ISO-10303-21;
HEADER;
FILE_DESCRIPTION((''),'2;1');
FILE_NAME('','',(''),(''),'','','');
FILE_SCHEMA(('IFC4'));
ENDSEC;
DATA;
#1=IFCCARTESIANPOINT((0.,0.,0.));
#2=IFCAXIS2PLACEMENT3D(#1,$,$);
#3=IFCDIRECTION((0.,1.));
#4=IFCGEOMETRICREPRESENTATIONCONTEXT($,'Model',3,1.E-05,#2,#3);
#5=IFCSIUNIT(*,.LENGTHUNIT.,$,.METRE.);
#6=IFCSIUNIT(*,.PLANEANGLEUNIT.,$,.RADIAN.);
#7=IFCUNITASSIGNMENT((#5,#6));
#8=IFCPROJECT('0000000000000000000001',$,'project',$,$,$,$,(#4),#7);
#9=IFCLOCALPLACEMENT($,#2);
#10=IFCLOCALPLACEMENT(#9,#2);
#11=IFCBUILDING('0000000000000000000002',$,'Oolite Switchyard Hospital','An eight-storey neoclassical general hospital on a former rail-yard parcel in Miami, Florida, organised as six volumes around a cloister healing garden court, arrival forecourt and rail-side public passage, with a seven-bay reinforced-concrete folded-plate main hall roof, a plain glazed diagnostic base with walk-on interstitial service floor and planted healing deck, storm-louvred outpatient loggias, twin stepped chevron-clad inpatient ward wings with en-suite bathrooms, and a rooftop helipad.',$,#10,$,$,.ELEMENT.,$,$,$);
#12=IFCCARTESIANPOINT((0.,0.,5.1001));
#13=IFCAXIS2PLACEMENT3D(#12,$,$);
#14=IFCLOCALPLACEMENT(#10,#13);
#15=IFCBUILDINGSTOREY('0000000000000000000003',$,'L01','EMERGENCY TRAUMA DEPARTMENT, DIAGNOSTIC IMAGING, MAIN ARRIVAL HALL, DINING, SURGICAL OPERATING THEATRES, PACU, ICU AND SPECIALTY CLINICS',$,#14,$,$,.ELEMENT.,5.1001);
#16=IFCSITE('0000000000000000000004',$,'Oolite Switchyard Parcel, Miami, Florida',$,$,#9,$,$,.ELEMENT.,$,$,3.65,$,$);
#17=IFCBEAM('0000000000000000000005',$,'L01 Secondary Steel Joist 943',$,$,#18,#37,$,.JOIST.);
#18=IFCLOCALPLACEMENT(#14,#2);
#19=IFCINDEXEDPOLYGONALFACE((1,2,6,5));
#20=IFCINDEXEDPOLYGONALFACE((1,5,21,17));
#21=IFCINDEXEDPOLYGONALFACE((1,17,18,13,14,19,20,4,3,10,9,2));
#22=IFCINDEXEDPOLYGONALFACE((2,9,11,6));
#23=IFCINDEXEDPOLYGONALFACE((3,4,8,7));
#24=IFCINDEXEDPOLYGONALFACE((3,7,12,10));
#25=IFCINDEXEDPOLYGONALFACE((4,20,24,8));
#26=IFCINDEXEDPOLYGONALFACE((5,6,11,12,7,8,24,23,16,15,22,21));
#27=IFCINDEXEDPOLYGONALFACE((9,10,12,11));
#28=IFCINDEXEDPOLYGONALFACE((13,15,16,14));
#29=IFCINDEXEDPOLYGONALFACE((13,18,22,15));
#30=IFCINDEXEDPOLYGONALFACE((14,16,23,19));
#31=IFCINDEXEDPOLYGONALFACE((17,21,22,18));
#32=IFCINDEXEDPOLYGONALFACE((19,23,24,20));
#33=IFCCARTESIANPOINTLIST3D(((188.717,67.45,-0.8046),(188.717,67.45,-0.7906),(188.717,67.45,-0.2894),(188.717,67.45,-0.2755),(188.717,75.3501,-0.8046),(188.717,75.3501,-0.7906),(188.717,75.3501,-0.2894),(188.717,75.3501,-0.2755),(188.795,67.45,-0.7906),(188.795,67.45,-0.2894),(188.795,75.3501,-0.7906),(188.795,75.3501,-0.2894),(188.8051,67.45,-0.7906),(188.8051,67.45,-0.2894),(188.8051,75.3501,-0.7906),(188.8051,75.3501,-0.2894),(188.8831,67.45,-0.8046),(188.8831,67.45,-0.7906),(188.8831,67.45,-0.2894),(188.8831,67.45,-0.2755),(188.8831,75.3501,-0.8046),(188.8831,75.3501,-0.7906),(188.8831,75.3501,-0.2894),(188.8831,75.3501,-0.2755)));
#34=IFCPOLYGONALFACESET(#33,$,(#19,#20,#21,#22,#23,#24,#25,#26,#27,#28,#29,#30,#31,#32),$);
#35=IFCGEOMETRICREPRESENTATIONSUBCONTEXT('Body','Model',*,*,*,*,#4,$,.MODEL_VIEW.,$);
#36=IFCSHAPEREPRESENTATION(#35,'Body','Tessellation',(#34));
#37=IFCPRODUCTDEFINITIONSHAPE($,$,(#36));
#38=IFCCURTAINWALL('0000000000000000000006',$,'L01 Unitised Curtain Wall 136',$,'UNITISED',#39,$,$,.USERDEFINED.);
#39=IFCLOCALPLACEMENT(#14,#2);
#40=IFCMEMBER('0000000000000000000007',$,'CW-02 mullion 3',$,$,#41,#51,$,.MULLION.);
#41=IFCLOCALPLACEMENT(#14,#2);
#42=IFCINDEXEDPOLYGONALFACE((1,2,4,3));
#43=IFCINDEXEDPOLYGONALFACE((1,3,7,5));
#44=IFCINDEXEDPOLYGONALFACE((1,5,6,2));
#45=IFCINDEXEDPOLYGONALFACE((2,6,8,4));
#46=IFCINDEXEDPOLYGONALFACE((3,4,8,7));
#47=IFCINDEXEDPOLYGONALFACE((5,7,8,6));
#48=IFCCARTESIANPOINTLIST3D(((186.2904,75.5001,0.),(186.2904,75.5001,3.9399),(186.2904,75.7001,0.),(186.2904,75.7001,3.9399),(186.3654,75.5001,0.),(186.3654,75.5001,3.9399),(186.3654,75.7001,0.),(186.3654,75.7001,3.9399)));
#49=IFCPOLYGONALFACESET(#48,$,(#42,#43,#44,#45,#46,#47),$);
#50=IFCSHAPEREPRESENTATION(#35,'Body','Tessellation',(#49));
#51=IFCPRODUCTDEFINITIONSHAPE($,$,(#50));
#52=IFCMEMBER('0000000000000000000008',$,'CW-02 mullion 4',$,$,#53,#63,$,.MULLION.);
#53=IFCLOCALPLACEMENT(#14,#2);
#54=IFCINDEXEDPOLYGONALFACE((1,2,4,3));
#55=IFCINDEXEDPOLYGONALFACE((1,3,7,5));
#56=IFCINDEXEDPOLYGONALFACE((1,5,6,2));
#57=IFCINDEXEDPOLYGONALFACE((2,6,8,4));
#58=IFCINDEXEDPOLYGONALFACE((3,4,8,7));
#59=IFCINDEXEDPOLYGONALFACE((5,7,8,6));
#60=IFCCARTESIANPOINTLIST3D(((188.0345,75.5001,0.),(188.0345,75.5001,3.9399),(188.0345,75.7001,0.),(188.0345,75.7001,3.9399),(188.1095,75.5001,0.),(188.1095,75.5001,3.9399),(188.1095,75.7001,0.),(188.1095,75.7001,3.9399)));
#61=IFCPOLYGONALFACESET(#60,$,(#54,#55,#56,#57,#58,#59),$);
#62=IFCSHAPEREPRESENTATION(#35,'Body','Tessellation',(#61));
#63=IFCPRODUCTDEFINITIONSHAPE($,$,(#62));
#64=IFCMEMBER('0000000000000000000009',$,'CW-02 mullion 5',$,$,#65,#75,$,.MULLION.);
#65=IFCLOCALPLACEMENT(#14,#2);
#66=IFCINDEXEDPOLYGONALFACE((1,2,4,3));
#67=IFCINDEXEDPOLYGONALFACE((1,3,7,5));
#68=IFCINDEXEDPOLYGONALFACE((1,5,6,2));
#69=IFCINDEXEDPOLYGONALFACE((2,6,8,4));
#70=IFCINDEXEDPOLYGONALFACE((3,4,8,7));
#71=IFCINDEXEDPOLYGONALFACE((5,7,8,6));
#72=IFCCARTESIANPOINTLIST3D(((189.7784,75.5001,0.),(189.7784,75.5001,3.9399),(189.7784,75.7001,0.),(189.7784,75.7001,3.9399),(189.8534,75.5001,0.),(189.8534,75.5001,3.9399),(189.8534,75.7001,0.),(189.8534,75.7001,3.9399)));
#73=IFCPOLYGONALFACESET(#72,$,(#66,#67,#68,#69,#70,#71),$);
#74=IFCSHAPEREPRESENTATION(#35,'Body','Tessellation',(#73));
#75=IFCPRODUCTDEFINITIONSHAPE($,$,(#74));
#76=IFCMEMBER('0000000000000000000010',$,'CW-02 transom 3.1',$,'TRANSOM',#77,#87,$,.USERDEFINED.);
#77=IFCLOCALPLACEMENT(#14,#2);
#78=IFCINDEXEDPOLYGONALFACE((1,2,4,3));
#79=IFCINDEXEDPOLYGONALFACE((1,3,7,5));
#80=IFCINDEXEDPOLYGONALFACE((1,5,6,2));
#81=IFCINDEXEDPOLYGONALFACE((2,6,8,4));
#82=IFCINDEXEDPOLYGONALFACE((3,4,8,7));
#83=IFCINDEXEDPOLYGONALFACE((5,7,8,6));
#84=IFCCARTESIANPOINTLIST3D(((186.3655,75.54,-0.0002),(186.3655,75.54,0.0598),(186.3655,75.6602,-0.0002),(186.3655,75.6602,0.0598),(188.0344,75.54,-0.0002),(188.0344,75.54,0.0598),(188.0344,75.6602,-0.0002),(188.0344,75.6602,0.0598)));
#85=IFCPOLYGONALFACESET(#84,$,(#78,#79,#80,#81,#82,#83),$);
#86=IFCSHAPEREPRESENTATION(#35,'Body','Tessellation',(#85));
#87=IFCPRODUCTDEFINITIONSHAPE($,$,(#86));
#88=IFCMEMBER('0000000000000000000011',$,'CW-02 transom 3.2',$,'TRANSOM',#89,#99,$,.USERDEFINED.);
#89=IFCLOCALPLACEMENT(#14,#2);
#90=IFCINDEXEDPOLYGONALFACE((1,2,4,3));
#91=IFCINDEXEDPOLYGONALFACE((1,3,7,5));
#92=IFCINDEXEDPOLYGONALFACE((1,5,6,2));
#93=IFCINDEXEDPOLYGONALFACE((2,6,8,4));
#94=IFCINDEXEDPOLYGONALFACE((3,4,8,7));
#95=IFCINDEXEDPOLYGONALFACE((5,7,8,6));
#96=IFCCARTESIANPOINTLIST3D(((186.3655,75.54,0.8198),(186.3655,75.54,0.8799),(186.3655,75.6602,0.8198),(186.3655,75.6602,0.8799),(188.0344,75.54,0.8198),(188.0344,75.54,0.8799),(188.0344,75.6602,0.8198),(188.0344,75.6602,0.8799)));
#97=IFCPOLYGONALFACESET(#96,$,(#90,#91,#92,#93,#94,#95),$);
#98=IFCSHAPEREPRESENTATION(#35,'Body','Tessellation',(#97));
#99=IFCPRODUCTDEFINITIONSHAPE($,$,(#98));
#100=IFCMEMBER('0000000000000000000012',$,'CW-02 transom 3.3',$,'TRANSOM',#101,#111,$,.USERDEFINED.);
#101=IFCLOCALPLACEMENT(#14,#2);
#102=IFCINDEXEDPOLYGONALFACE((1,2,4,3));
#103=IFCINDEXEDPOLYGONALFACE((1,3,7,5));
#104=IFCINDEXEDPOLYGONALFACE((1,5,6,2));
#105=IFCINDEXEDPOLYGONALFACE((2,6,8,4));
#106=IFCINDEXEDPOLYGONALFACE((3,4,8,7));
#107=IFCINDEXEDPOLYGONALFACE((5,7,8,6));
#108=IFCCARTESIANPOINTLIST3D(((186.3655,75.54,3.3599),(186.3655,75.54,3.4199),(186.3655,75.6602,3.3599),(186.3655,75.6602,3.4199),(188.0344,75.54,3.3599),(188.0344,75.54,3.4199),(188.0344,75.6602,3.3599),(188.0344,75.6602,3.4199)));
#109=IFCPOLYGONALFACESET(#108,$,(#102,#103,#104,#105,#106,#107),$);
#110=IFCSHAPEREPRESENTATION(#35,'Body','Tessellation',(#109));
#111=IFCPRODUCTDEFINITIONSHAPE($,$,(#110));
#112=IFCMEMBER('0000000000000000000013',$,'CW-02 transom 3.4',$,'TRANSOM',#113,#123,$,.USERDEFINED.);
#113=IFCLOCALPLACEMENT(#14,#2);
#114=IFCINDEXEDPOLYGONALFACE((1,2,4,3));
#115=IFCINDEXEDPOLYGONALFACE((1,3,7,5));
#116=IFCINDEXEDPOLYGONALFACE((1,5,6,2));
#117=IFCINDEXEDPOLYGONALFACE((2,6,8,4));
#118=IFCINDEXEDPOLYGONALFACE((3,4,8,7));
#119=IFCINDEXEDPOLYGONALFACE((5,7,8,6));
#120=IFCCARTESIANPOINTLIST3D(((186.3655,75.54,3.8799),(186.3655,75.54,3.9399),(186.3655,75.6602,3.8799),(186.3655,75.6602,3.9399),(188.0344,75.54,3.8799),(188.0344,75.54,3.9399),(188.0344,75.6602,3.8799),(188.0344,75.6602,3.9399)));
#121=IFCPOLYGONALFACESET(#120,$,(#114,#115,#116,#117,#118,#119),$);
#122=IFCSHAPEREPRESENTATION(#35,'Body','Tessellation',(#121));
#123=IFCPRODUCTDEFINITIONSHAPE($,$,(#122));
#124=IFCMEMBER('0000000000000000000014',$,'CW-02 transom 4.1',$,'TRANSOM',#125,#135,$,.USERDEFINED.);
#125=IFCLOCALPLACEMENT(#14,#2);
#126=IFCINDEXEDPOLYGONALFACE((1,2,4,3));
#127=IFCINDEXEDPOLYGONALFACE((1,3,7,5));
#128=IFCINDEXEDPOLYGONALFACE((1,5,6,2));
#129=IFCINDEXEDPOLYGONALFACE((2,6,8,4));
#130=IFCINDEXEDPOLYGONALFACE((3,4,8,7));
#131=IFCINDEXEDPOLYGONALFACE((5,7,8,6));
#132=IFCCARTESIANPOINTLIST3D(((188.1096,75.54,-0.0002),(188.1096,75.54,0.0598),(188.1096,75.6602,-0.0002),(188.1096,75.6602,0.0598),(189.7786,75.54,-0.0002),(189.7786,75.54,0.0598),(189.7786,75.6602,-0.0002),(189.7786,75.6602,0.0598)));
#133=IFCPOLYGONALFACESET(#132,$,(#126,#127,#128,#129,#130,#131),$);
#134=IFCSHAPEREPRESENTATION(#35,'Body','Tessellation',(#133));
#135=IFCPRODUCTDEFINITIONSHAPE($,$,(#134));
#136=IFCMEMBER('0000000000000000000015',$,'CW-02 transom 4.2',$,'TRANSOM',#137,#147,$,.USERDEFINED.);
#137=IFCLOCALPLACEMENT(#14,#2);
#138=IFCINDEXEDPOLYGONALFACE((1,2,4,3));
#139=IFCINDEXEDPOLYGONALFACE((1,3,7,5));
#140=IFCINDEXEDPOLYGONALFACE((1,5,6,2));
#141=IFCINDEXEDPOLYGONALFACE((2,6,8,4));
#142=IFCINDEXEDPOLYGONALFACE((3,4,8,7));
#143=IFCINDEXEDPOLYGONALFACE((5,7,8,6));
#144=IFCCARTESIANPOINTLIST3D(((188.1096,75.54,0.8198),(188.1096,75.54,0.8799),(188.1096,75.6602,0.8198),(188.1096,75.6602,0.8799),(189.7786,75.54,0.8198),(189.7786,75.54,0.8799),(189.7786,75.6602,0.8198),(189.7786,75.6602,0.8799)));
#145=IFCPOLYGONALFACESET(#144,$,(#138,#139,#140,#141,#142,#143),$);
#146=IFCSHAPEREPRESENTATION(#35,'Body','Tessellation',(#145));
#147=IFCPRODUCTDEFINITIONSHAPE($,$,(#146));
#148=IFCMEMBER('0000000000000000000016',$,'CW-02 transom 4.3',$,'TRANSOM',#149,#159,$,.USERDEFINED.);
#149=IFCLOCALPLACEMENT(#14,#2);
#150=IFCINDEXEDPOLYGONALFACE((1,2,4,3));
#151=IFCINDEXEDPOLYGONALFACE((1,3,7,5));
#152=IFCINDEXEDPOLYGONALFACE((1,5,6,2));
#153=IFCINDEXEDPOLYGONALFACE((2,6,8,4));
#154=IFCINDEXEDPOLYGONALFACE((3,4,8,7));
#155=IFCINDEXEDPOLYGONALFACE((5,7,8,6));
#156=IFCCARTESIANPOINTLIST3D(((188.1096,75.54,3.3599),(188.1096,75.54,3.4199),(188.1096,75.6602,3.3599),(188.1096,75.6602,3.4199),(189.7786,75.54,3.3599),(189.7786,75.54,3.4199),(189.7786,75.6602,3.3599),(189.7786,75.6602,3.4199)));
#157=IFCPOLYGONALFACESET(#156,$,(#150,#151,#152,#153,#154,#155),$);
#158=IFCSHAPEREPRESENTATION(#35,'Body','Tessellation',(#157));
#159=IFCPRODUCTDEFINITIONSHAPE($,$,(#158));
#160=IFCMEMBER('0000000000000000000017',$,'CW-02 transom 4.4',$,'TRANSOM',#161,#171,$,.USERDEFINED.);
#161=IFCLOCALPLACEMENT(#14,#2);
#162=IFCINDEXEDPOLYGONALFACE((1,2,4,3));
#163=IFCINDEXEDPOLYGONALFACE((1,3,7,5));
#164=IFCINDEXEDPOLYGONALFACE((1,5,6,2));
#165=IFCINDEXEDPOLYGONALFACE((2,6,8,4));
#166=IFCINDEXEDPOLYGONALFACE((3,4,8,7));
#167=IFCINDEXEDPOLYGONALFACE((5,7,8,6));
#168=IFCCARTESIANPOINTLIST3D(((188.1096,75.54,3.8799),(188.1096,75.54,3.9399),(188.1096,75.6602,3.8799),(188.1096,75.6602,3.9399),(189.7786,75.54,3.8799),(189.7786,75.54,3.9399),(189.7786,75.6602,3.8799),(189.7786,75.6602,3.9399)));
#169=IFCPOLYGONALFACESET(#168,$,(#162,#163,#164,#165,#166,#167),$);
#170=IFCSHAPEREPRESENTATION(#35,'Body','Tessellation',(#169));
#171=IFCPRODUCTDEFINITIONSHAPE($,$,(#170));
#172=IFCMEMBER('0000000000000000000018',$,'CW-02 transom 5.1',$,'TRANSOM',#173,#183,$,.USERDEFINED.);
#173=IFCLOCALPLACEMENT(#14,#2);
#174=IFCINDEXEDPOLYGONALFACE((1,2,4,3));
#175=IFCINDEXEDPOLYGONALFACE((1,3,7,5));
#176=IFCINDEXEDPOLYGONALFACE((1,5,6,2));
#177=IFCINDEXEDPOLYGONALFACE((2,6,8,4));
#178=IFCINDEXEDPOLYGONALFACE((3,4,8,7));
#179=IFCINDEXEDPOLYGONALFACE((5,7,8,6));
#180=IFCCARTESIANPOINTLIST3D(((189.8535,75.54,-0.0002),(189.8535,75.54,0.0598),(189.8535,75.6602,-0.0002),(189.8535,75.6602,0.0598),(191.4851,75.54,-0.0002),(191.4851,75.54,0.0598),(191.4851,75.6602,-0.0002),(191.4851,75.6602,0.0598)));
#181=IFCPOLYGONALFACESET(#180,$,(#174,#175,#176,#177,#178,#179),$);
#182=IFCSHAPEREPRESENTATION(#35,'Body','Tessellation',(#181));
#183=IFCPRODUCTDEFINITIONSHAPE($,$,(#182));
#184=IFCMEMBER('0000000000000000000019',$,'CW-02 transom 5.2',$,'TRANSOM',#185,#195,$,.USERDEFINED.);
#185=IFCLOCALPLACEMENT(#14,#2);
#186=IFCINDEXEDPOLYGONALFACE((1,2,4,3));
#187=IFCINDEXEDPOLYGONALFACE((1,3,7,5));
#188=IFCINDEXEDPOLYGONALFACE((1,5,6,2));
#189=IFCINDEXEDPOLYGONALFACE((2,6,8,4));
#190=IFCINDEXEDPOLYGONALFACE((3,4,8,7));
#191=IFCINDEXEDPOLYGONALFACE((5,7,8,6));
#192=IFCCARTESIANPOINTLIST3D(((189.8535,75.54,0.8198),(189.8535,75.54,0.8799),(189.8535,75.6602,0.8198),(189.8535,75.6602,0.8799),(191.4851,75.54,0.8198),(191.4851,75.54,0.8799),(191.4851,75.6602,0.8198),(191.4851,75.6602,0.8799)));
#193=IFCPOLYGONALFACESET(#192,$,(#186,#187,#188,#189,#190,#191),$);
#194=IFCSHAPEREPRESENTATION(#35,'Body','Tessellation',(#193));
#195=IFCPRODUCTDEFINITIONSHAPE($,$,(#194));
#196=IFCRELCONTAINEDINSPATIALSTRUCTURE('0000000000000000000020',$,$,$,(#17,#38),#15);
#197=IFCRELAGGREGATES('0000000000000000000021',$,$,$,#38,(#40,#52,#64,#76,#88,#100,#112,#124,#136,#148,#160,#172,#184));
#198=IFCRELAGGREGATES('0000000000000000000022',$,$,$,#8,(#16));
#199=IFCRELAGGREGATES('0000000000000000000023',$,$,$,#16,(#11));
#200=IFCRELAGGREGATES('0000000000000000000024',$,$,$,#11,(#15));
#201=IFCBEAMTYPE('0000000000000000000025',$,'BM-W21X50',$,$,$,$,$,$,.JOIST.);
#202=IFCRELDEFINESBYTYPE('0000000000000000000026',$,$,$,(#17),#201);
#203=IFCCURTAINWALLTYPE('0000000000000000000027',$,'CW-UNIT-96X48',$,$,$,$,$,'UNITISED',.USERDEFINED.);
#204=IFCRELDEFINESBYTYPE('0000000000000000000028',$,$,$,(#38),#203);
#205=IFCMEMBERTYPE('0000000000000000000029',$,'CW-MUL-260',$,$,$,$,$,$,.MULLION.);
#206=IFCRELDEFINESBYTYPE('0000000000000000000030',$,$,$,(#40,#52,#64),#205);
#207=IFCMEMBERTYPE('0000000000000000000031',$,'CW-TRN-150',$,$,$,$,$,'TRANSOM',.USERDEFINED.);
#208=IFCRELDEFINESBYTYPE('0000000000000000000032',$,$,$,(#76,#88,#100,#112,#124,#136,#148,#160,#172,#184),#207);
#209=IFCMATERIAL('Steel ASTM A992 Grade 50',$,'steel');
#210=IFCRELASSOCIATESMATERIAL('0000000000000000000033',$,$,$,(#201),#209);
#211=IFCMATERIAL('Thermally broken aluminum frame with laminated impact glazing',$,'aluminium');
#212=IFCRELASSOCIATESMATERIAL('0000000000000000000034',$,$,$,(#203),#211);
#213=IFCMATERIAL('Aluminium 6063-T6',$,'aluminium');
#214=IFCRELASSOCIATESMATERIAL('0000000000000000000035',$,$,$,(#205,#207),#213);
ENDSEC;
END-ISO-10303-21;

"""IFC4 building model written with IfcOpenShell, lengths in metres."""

from ifc_helpers import new_model, si_unit, direction, frame, origin, origin_2d, place, context, subcontext, project, spatial, rectangle, i_section, extrude, material, material_profile, profile_set, type_object, element, aggregate, save


model = new_model("IFC4")

# Units and contexts
model_context = context("Model", 3, precision=1e-05, world=origin(), true_north=direction((0.0, 1.0)))
body_context = subcontext(model_context, "Body", "Model", "MODEL_VIEW")
ifc_project = project(units=[si_unit("LENGTHUNIT", "METRE"), si_unit("PLANEANGLEUNIT", "RADIAN")], contexts=[model_context])

# Site, building, storey
site_placement = place(None, origin())
site = spatial("IfcSite", under=ifc_project, at=site_placement, Name="Oolite Switchyard Parcel, Miami, Florida", CompositionType="ELEMENT", RefElevation=3.65)
building_placement = place(site_placement, origin())
building = spatial("IfcBuilding", under=site, at=building_placement, Name="Oolite Switchyard Hospital", Description="An eight-storey neoclassical general hospital on a former rail-yard parcel in Miami, Florida, organised as six volumes around a cloister healing garden court, arrival forecourt and rail-side public passage, with a seven-bay reinforced-concrete folded-plate main hall roof, a plain glazed diagnostic base with walk-on interstitial service floor and planted healing deck, storm-louvred outpatient loggias, twin stepped chevron-clad inpatient ward wings with en-suite bathrooms, and a rooftop helipad.", CompositionType="ELEMENT")
storey_placement = place(building_placement, frame((0.0, 0.0, 5.1001)))
storey = spatial("IfcBuildingStorey", under=building, at=storey_placement, Name="L01", Description="EMERGENCY TRAUMA DEPARTMENT, DIAGNOSTIC IMAGING, MAIN ARRIVAL HALL, DINING, SURGICAL OPERATING THEATRES, PACU, ICU AND SPECIALTY CLINICS", CompositionType="ELEMENT", Elevation=5.1001)

# Beam
ifc_material_1 = material(Name="Steel ASTM A992 Grade 50", Category="steel")
ifc_material_profile_1 = material_profile(ifc_material_1, i_section(OverallWidth=0.166, OverallDepth=0.5291, WebThickness=0.01, FlangeThickness=0.0139, at=origin_2d()), Name="W21X50")
ifc_profile_set_1 = profile_set([ifc_material_profile_1], Name="Steel ASTM A992 Grade 50")
beam_type = type_object("IfcBeamType", Name="BM-W21X50", PredefinedType="JOIST", material=ifc_profile_set_1)
beam_placement = place(storey_placement, frame((188.8, 67.45, -0.54), z_axis=(0.0, 1.0, 0.0), x_axis=(-1.0, 0.0, 0.0)))
element("IfcBeam", 1, at=beam_placement, inside=storey, type_object=beam_type, Name="L01 Secondary Steel Joist 943", PredefinedType="JOIST", context=body_context, shape_type="SweptSolid", body=[
    extrude(i_section(OverallWidth=0.166, OverallDepth=0.5291, WebThickness=0.01, FlangeThickness=0.0139, at=origin_2d()), origin(), (0.0, 0.0, 1.0), 7.9001),
])

# Curtain wall, members
ifc_material_2 = material(Name="Thermally broken aluminum frame with laminated impact glazing", Category="aluminium")
curtain_wall_type = type_object("IfcCurtainWallType", Name="CW-UNIT-96X48", ElementType="UNITISED", PredefinedType="USERDEFINED", material=ifc_material_2)
curtain_wall_placement = place(storey_placement, origin())
curtain_wall = element("IfcCurtainWall", 2, at=curtain_wall_placement, inside=storey, type_object=curtain_wall_type, Name="L01 Unitised Curtain Wall 136", ObjectType="UNITISED", PredefinedType="USERDEFINED")
ifc_material_3 = material(Name="Aluminium 6063-T6", Category="aluminium")
ifc_material_profile_2 = material_profile(ifc_material_3, rectangle(XDim=0.2, YDim=0.075, at=origin_2d()), Name="CWM75X200")
ifc_profile_set_2 = profile_set([ifc_material_profile_2], Name="Aluminium 6063-T6")
member_type_1 = type_object("IfcMemberType", Name="CW-MUL-260", PredefinedType="MULLION", material=ifc_profile_set_2)
member_1_placement = place(storey_placement, frame((186.3279, 75.6001, 0.0), z_axis=(0.0, 0.0, 1.0), x_axis=(0.0, 1.0, 0.0)))
member_1 = element("IfcMember", 3, at=member_1_placement, type_object=member_type_1, Name="CW-02 mullion 3", PredefinedType="MULLION", context=body_context, shape_type="SweptSolid", body=[
    extrude(rectangle(XDim=0.2, YDim=0.075, at=origin_2d()), origin(), (0.0, 0.0, 1.0), 3.9399),
])
member_2_placement = place(storey_placement, frame((188.072, 75.6001, 0.0), z_axis=(0.0, 0.0, 1.0), x_axis=(0.0, 1.0, 0.0)))
member_2 = element("IfcMember", 4, at=member_2_placement, type_object=member_type_1, Name="CW-02 mullion 4", PredefinedType="MULLION", context=body_context, shape_type="SweptSolid", body=[
    extrude(rectangle(XDim=0.2, YDim=0.075, at=origin_2d()), origin(), (0.0, 0.0, 1.0), 3.9399),
])
member_3_placement = place(storey_placement, frame((189.8159, 75.6001, 0.0), z_axis=(0.0, 0.0, 1.0), x_axis=(0.0, 1.0, 0.0)))
member_3 = element("IfcMember", 5, at=member_3_placement, type_object=member_type_1, Name="CW-02 mullion 5", PredefinedType="MULLION", context=body_context, shape_type="SweptSolid", body=[
    extrude(rectangle(XDim=0.2, YDim=0.075, at=origin_2d()), origin(), (0.0, 0.0, 1.0), 3.9399),
])
ifc_material_profile_3 = material_profile(ifc_material_3, rectangle(XDim=0.1201, YDim=0.0601, at=origin_2d()), Name="CWT60X120")
ifc_profile_set_3 = profile_set([ifc_material_profile_3], Name="Aluminium 6063-T6")
member_type_2 = type_object("IfcMemberType", Name="CW-TRN-150", ElementType="TRANSOM", PredefinedType="USERDEFINED", material=ifc_profile_set_3)
member_4_placement = place(storey_placement, frame((186.3655, 75.6001, 0.0298), z_axis=(1.0, 0.0, 0.0), x_axis=(0.0, 1.0, 0.0)))
member_4 = element("IfcMember", 6, at=member_4_placement, type_object=member_type_2, Name="CW-02 transom 3.1", ObjectType="TRANSOM", PredefinedType="USERDEFINED", context=body_context, shape_type="SweptSolid", body=[
    extrude(rectangle(XDim=0.1201, YDim=0.0601, at=origin_2d()), origin(), (0.0, 0.0, 1.0), 1.6689),
])
member_5_placement = place(storey_placement, frame((186.3655, 75.6001, 0.8499), z_axis=(1.0, 0.0, 0.0), x_axis=(0.0, 1.0, 0.0)))
member_5 = element("IfcMember", 7, at=member_5_placement, type_object=member_type_2, Name="CW-02 transom 3.2", ObjectType="TRANSOM", PredefinedType="USERDEFINED", context=body_context, shape_type="SweptSolid", body=[
    extrude(rectangle(XDim=0.1201, YDim=0.0601, at=origin_2d()), origin(), (0.0, 0.0, 1.0), 1.6689),
])
member_6_placement = place(storey_placement, frame((186.3655, 75.6001, 3.3899), z_axis=(1.0, 0.0, 0.0), x_axis=(0.0, 1.0, 0.0)))
member_6 = element("IfcMember", 8, at=member_6_placement, type_object=member_type_2, Name="CW-02 transom 3.3", ObjectType="TRANSOM", PredefinedType="USERDEFINED", context=body_context, shape_type="SweptSolid", body=[
    extrude(rectangle(XDim=0.1201, YDim=0.0601, at=origin_2d()), origin(), (0.0, 0.0, 1.0), 1.6689),
])
member_7_placement = place(storey_placement, frame((186.3655, 75.6001, 3.9099), z_axis=(1.0, 0.0, 0.0), x_axis=(0.0, 1.0, 0.0)))
member_7 = element("IfcMember", 9, at=member_7_placement, type_object=member_type_2, Name="CW-02 transom 3.4", ObjectType="TRANSOM", PredefinedType="USERDEFINED", context=body_context, shape_type="SweptSolid", body=[
    extrude(rectangle(XDim=0.1201, YDim=0.0601, at=origin_2d()), origin(), (0.0, 0.0, 1.0), 1.6689),
])
member_8_placement = place(storey_placement, frame((188.1096, 75.6001, 0.0298), z_axis=(1.0, 0.0, 0.0), x_axis=(0.0, 1.0, 0.0)))
member_8 = element("IfcMember", 10, at=member_8_placement, type_object=member_type_2, Name="CW-02 transom 4.1", ObjectType="TRANSOM", PredefinedType="USERDEFINED", context=body_context, shape_type="SweptSolid", body=[
    extrude(rectangle(XDim=0.1201, YDim=0.0601, at=origin_2d()), origin(), (0.0, 0.0, 1.0), 1.6689),
])
member_9_placement = place(storey_placement, frame((188.1096, 75.6001, 0.8499), z_axis=(1.0, 0.0, 0.0), x_axis=(0.0, 1.0, 0.0)))
member_9 = element("IfcMember", 11, at=member_9_placement, type_object=member_type_2, Name="CW-02 transom 4.2", ObjectType="TRANSOM", PredefinedType="USERDEFINED", context=body_context, shape_type="SweptSolid", body=[
    extrude(rectangle(XDim=0.1201, YDim=0.0601, at=origin_2d()), origin(), (0.0, 0.0, 1.0), 1.6689),
])
member_10_placement = place(storey_placement, frame((188.1096, 75.6001, 3.3899), z_axis=(1.0, 0.0, 0.0), x_axis=(0.0, 1.0, 0.0)))
member_10 = element("IfcMember", 12, at=member_10_placement, type_object=member_type_2, Name="CW-02 transom 4.3", ObjectType="TRANSOM", PredefinedType="USERDEFINED", context=body_context, shape_type="SweptSolid", body=[
    extrude(rectangle(XDim=0.1201, YDim=0.0601, at=origin_2d()), origin(), (0.0, 0.0, 1.0), 1.6689),
])
member_11_placement = place(storey_placement, frame((188.1096, 75.6001, 3.9099), z_axis=(1.0, 0.0, 0.0), x_axis=(0.0, 1.0, 0.0)))
member_11 = element("IfcMember", 13, at=member_11_placement, type_object=member_type_2, Name="CW-02 transom 4.4", ObjectType="TRANSOM", PredefinedType="USERDEFINED", context=body_context, shape_type="SweptSolid", body=[
    extrude(rectangle(XDim=0.1201, YDim=0.0601, at=origin_2d()), origin(), (0.0, 0.0, 1.0), 1.6689),
])
member_12_placement = place(storey_placement, frame((189.8535, 75.6001, 0.0298), z_axis=(1.0, 0.0, 0.0), x_axis=(0.0, 1.0, 0.0)))
member_12 = element("IfcMember", 14, at=member_12_placement, type_object=member_type_2, Name="CW-02 transom 5.1", ObjectType="TRANSOM", PredefinedType="USERDEFINED", context=body_context, shape_type="SweptSolid", body=[
    extrude(rectangle(XDim=0.1201, YDim=0.0601, at=origin_2d()), origin(), (0.0, 0.0, 1.0), 1.6316),
])
member_13_placement = place(storey_placement, frame((189.8535, 75.6001, 0.8499), z_axis=(1.0, 0.0, 0.0), x_axis=(0.0, 1.0, 0.0)))
member_13 = element("IfcMember", 15, at=member_13_placement, type_object=member_type_2, Name="CW-02 transom 5.2", ObjectType="TRANSOM", PredefinedType="USERDEFINED", context=body_context, shape_type="SweptSolid", body=[
    extrude(rectangle(XDim=0.1201, YDim=0.0601, at=origin_2d()), origin(), (0.0, 0.0, 1.0), 1.6316),
])
aggregate(curtain_wall, [member_1, member_2, member_3, member_4, member_5, member_6, member_7, member_8, member_9, member_10, member_11, member_12, member_13])

save(model, "model.ifc")
